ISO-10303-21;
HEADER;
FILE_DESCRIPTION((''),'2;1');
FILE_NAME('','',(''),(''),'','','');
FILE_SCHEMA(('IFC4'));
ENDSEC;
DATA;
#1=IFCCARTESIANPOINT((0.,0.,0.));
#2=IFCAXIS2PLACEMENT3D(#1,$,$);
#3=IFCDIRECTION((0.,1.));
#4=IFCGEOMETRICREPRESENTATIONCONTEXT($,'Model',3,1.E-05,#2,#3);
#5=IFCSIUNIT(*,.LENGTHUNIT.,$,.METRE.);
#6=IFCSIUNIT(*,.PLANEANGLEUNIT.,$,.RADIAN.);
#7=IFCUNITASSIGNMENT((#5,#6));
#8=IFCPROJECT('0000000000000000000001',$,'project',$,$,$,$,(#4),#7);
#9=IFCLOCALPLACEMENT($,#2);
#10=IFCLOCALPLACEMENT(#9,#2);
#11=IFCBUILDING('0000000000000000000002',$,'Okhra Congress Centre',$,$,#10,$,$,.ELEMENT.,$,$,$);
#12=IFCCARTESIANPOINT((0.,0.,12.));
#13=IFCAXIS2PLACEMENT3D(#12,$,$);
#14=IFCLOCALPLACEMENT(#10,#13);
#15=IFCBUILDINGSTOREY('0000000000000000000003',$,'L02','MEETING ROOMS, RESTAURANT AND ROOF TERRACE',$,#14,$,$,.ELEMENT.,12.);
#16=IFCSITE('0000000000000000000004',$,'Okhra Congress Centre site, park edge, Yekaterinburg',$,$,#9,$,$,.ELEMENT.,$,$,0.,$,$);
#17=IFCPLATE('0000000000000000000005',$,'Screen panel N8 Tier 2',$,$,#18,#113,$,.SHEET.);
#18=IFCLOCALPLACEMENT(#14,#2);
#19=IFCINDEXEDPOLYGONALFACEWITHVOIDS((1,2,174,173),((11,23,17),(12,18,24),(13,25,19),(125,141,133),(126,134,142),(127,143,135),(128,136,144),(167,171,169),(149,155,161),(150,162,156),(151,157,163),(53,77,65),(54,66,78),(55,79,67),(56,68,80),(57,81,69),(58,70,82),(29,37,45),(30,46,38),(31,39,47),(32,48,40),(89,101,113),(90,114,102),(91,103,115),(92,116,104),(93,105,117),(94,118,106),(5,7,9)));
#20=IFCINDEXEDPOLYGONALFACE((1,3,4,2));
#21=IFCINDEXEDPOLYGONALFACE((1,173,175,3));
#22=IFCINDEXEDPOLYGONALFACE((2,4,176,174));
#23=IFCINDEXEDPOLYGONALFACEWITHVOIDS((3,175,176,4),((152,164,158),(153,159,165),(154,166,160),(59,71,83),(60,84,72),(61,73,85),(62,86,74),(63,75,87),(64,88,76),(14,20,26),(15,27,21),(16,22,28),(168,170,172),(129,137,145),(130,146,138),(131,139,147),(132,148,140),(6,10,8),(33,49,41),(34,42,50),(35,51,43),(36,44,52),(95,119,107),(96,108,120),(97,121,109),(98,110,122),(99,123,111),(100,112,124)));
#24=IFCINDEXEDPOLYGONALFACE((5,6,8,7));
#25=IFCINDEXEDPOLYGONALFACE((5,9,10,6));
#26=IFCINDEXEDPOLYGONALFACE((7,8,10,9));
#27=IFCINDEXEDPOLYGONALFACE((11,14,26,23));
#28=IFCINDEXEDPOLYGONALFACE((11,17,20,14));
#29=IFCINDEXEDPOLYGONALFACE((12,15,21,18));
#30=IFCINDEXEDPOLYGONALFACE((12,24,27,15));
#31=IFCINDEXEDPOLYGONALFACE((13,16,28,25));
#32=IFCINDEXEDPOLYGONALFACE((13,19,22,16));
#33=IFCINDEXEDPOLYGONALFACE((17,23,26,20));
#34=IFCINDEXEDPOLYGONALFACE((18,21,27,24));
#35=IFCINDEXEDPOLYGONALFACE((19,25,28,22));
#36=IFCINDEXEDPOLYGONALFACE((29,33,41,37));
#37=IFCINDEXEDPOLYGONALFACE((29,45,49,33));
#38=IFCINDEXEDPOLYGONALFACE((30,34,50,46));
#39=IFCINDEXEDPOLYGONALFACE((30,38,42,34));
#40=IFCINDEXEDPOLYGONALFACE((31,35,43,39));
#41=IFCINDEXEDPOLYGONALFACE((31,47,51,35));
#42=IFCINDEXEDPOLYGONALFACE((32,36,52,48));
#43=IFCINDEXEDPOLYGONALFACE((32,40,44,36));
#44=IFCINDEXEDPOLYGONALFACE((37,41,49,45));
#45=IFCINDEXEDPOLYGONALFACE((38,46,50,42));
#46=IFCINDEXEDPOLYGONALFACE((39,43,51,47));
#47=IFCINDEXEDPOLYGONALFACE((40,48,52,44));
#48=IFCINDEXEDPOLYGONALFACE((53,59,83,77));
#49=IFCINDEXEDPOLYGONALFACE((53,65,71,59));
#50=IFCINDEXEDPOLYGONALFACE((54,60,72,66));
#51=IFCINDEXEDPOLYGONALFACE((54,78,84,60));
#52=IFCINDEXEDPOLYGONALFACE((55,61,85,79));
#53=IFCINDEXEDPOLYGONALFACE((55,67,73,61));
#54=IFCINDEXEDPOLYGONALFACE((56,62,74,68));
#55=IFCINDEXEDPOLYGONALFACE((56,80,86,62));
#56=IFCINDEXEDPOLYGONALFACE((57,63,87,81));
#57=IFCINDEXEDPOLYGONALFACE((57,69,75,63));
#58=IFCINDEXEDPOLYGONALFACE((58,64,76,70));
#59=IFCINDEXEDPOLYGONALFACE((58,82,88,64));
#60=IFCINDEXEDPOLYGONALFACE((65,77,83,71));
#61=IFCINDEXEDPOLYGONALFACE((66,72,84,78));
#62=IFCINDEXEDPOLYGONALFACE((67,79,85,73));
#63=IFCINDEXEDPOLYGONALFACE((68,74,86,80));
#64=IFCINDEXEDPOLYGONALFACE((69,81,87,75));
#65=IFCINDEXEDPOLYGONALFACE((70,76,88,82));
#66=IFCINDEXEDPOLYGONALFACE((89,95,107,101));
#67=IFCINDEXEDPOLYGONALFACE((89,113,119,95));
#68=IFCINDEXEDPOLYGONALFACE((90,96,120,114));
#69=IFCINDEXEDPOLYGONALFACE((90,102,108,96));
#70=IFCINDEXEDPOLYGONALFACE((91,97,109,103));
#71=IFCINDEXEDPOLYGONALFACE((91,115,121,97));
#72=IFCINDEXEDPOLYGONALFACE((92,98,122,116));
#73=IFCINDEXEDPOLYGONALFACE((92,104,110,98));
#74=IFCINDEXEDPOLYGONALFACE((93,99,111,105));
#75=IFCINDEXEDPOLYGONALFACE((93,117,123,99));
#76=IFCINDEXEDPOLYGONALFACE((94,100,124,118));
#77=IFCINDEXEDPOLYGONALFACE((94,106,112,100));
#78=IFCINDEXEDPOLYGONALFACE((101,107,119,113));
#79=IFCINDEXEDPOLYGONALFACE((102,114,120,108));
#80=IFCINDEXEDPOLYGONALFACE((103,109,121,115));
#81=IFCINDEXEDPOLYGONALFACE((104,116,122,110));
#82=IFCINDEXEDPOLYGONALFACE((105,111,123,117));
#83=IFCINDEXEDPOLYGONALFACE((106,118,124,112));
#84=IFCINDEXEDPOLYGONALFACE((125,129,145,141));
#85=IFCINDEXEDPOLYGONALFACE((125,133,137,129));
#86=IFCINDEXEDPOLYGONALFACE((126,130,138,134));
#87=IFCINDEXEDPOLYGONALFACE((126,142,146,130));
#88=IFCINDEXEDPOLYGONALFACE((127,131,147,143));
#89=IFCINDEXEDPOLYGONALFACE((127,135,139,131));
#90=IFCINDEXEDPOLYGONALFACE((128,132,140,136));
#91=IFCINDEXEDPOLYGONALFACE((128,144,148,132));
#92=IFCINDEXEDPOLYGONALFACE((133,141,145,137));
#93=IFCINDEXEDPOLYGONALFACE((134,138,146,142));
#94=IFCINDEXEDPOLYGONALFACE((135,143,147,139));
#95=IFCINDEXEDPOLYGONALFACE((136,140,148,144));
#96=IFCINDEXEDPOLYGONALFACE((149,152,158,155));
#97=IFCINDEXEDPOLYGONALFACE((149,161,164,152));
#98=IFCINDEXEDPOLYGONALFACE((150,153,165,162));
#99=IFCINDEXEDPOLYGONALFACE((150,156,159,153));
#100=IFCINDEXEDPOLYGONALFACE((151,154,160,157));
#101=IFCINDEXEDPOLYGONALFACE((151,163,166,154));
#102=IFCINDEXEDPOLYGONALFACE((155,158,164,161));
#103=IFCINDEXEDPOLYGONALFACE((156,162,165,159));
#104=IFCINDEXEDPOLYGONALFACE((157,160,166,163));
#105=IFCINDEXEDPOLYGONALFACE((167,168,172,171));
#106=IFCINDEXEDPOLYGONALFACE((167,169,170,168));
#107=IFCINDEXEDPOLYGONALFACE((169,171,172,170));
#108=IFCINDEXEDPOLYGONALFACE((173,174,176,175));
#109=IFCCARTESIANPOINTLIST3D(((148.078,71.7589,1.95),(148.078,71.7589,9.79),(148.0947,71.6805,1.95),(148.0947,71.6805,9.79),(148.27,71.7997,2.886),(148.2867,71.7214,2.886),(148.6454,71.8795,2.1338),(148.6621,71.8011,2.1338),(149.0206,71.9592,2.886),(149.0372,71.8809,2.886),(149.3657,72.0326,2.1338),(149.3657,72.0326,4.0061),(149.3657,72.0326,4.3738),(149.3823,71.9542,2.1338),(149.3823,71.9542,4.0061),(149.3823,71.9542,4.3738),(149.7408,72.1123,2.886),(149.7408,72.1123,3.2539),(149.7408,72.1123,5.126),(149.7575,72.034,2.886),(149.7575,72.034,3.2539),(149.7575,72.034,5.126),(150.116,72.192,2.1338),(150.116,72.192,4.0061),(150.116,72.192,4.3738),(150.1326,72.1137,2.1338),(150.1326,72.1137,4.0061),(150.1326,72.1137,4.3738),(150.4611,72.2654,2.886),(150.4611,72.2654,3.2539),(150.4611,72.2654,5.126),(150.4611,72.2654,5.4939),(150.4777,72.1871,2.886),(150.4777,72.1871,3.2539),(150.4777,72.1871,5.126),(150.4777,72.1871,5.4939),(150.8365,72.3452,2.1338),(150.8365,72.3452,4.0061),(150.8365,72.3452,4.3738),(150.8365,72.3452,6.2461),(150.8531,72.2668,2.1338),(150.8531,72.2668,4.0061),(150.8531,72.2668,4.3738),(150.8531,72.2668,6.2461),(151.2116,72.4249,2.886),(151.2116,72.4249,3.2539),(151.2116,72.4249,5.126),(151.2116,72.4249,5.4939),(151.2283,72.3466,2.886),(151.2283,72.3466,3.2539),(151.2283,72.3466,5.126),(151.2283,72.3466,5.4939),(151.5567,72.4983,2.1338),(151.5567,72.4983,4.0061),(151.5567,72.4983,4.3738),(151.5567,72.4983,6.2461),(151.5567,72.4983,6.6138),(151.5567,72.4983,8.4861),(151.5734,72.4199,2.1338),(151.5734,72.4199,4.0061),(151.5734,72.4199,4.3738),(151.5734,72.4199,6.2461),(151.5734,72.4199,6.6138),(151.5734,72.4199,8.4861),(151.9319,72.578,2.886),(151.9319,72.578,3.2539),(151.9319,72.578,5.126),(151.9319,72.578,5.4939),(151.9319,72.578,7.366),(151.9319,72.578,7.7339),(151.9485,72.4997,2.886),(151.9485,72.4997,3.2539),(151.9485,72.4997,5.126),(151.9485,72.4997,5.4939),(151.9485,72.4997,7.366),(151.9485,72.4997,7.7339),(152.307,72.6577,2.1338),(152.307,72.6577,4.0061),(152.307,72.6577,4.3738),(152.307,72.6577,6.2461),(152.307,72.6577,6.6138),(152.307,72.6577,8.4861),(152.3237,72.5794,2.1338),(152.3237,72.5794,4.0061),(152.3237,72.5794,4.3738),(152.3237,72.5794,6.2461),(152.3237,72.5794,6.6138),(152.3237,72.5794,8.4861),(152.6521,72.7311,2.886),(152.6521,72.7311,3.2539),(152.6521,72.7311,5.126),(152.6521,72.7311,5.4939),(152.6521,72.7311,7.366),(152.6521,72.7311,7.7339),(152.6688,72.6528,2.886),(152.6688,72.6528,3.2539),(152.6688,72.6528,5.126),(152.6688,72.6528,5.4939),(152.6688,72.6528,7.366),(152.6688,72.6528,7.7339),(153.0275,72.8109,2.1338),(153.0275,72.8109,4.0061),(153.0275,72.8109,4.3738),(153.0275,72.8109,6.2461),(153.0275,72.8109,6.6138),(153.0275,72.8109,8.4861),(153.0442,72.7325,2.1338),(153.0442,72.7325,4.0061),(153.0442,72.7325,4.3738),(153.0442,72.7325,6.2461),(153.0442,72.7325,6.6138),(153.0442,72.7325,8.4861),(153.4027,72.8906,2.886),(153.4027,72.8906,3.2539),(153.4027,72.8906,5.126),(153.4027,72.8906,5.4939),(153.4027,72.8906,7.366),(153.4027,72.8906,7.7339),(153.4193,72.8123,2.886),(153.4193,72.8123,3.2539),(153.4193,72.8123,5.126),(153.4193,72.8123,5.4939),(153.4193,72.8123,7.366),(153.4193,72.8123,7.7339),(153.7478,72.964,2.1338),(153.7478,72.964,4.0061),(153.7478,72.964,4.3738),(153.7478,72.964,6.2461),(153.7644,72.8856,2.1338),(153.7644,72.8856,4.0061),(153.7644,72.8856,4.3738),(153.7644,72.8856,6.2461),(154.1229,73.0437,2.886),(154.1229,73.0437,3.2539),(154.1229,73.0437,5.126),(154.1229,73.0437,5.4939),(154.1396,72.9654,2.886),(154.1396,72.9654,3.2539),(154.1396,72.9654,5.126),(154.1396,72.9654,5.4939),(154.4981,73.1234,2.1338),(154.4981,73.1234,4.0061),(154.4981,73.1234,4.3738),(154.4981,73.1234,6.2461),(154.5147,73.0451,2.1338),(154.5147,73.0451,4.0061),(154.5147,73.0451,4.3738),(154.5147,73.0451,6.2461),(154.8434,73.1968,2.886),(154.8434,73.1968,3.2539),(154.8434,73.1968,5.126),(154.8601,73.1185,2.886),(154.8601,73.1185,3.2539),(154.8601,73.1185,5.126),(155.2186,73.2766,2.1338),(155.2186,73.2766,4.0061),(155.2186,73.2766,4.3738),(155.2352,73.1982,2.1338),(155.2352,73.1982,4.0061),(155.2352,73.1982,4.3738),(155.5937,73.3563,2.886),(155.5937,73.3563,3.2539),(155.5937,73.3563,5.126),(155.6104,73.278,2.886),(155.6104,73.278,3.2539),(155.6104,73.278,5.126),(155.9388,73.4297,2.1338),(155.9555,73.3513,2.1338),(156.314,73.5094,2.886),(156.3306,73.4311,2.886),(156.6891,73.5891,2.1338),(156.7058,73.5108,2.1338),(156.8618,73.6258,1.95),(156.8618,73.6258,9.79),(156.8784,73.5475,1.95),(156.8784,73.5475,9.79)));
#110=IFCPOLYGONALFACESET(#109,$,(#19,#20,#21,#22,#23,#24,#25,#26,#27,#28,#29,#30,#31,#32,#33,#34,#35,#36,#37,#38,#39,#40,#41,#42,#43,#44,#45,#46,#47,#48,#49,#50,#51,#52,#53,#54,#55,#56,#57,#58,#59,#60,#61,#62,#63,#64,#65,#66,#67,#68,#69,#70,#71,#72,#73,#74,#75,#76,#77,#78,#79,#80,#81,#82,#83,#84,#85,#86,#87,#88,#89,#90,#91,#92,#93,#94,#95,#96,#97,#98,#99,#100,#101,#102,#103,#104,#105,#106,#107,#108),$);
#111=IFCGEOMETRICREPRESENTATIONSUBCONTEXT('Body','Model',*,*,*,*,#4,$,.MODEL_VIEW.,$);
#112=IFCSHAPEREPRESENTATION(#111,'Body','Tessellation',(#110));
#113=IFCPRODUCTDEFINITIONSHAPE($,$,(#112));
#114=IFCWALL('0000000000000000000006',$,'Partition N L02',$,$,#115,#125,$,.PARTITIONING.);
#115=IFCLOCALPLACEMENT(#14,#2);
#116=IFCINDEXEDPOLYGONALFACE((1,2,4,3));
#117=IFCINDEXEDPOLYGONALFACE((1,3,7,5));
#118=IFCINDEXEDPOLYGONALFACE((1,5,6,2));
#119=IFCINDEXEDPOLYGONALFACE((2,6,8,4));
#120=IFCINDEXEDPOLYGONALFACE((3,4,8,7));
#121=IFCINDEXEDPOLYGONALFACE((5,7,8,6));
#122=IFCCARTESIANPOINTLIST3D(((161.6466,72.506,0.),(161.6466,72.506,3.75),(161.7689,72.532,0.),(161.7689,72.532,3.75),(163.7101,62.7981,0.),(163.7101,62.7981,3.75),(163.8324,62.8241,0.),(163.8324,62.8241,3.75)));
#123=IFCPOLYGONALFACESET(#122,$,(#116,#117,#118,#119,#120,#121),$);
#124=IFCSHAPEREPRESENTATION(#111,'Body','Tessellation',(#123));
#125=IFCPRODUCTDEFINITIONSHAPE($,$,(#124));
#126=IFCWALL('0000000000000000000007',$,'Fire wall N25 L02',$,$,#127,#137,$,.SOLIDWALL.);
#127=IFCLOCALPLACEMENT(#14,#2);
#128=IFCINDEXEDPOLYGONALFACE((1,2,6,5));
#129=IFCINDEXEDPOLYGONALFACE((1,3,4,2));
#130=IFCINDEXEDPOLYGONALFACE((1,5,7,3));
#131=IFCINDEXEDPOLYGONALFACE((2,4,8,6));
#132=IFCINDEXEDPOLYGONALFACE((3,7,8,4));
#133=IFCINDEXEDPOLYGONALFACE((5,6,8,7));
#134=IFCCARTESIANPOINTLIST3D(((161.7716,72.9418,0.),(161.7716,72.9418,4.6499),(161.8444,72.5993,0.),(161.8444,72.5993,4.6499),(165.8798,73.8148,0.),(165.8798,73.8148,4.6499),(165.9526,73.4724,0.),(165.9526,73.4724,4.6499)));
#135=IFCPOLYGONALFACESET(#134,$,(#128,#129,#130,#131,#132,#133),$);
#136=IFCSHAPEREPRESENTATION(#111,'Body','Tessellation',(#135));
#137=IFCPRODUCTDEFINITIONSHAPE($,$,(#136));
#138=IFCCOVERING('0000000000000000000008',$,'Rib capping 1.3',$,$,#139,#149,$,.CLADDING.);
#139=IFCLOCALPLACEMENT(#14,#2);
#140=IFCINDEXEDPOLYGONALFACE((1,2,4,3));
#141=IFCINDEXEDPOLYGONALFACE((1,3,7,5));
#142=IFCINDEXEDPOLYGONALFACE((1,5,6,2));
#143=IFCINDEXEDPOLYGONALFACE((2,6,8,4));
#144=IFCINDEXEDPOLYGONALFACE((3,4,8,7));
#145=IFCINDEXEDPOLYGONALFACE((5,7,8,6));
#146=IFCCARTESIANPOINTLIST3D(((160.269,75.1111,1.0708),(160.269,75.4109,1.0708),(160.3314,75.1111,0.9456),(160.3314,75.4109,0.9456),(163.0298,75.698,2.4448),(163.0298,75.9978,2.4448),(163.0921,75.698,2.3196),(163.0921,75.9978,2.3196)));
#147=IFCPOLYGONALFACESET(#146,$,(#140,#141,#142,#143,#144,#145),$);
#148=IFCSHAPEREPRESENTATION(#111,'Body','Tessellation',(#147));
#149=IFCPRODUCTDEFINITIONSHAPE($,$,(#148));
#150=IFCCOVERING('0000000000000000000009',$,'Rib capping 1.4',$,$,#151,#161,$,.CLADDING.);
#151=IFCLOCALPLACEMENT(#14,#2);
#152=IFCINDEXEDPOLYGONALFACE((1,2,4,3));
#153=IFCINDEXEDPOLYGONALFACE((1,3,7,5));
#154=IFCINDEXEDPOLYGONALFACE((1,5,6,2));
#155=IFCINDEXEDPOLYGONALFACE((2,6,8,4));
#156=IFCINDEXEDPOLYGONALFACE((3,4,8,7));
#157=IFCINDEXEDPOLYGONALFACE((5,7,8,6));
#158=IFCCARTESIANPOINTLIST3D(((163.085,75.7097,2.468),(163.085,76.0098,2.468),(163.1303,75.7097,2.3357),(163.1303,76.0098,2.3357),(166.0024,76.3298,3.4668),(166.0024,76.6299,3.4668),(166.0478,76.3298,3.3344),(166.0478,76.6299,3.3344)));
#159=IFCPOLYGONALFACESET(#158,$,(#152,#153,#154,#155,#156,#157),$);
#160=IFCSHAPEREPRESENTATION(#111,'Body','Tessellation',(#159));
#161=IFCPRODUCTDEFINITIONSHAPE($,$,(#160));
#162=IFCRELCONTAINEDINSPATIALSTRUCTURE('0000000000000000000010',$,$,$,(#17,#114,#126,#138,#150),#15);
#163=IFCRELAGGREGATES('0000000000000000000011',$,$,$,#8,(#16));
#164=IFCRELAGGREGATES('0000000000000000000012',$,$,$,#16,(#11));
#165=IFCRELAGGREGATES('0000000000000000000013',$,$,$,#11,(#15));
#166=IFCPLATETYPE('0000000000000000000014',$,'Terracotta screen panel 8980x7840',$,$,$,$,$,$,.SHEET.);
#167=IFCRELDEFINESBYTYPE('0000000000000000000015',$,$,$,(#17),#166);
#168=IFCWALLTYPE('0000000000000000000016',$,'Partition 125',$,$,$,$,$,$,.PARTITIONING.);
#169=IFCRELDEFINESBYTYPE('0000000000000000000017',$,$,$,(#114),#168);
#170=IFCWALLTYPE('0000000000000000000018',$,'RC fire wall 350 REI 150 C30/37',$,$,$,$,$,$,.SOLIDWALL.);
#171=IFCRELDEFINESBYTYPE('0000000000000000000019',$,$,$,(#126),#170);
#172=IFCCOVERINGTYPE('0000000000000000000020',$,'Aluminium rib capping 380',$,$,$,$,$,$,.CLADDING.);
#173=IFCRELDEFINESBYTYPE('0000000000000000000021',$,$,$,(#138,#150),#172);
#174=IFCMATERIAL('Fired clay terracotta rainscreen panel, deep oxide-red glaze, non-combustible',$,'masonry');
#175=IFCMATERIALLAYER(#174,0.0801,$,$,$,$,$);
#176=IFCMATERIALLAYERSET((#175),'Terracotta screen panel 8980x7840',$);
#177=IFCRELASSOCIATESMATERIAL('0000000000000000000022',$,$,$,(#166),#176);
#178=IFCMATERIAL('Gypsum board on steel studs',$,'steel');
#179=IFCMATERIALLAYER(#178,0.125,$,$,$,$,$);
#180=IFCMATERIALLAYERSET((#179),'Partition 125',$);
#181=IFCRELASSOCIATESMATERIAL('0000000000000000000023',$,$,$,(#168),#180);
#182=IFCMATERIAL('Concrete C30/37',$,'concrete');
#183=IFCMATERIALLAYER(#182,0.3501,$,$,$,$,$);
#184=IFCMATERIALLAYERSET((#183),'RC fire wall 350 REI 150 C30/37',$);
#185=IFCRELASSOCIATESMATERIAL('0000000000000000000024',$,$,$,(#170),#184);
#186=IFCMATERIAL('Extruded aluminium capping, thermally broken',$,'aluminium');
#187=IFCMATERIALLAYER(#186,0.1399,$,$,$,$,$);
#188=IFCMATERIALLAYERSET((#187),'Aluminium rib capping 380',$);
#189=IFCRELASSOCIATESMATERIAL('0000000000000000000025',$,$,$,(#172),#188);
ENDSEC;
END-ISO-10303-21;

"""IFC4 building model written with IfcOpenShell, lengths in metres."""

from ifc_helpers import new_model, si_unit, direction, frame, frame_2d, origin, place, context, subcontext, project, spatial, polyline, rectangle, outline, extrude, material, layer, layer_set, type_object, element, save


model = new_model("IFC4")

# Units and contexts
model_context = context("Model", 3, precision=1e-05, world=origin(), true_north=direction((0.0, 1.0)))
body_context = subcontext(model_context, "Body", "Model", "MODEL_VIEW")
ifc_project = project(units=[si_unit("LENGTHUNIT", "METRE"), si_unit("PLANEANGLEUNIT", "RADIAN")], contexts=[model_context])

# Site, building, storey
site_placement = place(None, origin())
site = spatial("IfcSite", under=ifc_project, at=site_placement, Name="Okhra Congress Centre site, park edge, Yekaterinburg", CompositionType="ELEMENT", RefElevation=0.0)
building_placement = place(site_placement, origin())
building = spatial("IfcBuilding", under=site, at=building_placement, Name="Okhra Congress Centre", CompositionType="ELEMENT")
storey_placement = place(building_placement, frame((0.0, 0.0, 12.0)))
storey = spatial("IfcBuildingStorey", under=building, at=storey_placement, Name="L02", Description="MEETING ROOMS, RESTAURANT AND ROOF TERRACE", CompositionType="ELEMENT", Elevation=12.0)

# Plate
ifc_material_1 = material(Name="Fired clay terracotta rainscreen panel, deep oxide-red glaze, non-combustible", Category="masonry")
ifc_layer_1 = layer(ifc_material_1, 0.0801)
ifc_layer_set_1 = layer_set([ifc_layer_1], Name="Terracotta screen panel 8980x7840")
plate_type = type_object("IfcPlateType", Name="Terracotta screen panel 8980x7840", PredefinedType="SHEET", material=ifc_layer_set_1)
plate_1_placement = place(storey_placement, frame((156.8701, 73.5867, 1.95), z_axis=(0.0, 0.0, 1.0), x_axis=(-0.97815, -0.207902, 0.0)))
element("IfcPlate", 1, at=plate_1_placement, inside=storey, type_object=plate_type, Name="Screen panel N8 Tier 2", PredefinedType="SHEET", context=body_context, shape_type="SweptSolid", body=[
    extrude(outline(polyline([(0.0, 0.0), (8.98, 0.0), (8.98, 7.8401), (0.0, 7.8401), (0.0, 0.0)]), holes=[polyline([(0.1765, 0.1838), (0.9436, 0.1838), (0.5601, 0.936), (0.1765, 0.1838)]), polyline([(1.2964, 0.936), (1.6799, 0.1838), (2.0635, 0.936), (1.2964, 0.936)]), polyline([(2.4165, 0.1838), (3.1836, 0.1838), (2.8, 0.936), (2.4165, 0.1838)]), polyline([(3.5364, 0.936), (3.9199, 0.1838), (4.3037, 0.936), (3.5364, 0.936)]), polyline([(4.6565, 0.1838), (5.4236, 0.1838), (5.04, 0.936), (4.6565, 0.1838)]), polyline([(5.7764, 0.936), (6.1599, 0.1838), (6.5437, 0.936), (5.7764, 0.936)]), polyline([(6.8965, 0.1838), (7.6636, 0.1838), (7.28, 0.936), (6.8965, 0.1838)]), polyline([(8.0164, 0.936), (8.3999, 0.1838), (8.7837, 0.936), (8.0164, 0.936)]), polyline([(1.2964, 1.304), (2.0635, 1.304), (1.6799, 2.0562), (1.2964, 1.304)]), polyline([(2.4165, 2.0562), (2.8, 1.304), (3.1836, 2.0562), (2.4165, 2.0562)]), polyline([(3.5364, 1.304), (4.3037, 1.304), (3.9199, 2.0562), (3.5364, 1.304)]), polyline([(4.6565, 2.0562), (5.04, 1.304), (5.4236, 2.0562), (4.6565, 2.0562)]), polyline([(5.7764, 1.304), (6.5437, 1.304), (6.1599, 2.0562), (5.7764, 1.304)]), polyline([(6.8965, 2.0562), (7.28, 1.304), (7.6636, 2.0562), (6.8965, 2.0562)]), polyline([(1.2964, 3.176), (1.6799, 2.4238), (2.0635, 3.176), (1.2964, 3.176)]), polyline([(2.4165, 2.4238), (3.1836, 2.4238), (2.8, 3.176), (2.4165, 2.4238)]), polyline([(3.5364, 3.176), (3.9199, 2.4238), (4.3037, 3.176), (3.5364, 3.176)]), polyline([(4.6565, 2.4238), (5.4236, 2.4238), (5.04, 3.176), (4.6565, 2.4238)]), polyline([(5.7764, 3.176), (6.1599, 2.4238), (6.5437, 3.176), (5.7764, 3.176)]), polyline([(6.8965, 2.4238), (7.6636, 2.4238), (7.28, 3.176), (6.8965, 2.4238)]), polyline([(2.4165, 4.2961), (2.8, 3.5439), (3.1836, 4.2961), (2.4165, 4.2961)]), polyline([(3.5364, 3.5439), (4.3037, 3.5439), (3.9199, 4.2961), (3.5364, 3.5439)]), polyline([(4.6565, 4.2961), (5.04, 3.5439), (5.4236, 4.2961), (4.6565, 4.2961)]), polyline([(5.7764, 3.5439), (6.5437, 3.5439), (6.1599, 4.2961), (5.7764, 3.5439)]), polyline([(3.5364, 5.416), (3.9199, 4.6638), (4.3037, 5.416), (3.5364, 5.416)]), polyline([(4.6565, 4.6638), (5.4236, 4.6638), (5.04, 5.416), (4.6565, 4.6638)]), polyline([(3.5364, 5.7839), (4.3037, 5.7839), (3.9199, 6.5361), (3.5364, 5.7839)]), polyline([(4.6565, 6.5361), (5.04, 5.7839), (5.4236, 6.5361), (4.6565, 6.5361)])]), frame((0.0, 0.04, 0.0), z_axis=(0.0, -1.0, 0.0), x_axis=(1.0, 0.0, 0.0)), (0.0, 0.0, 1.0), 0.0801),
])

# Walls
ifc_material_2 = material(Name="Gypsum board on steel studs", Category="steel")
ifc_layer_2 = layer(ifc_material_2, 0.125)
ifc_layer_set_2 = layer_set([ifc_layer_2], Name="Partition 125")
wall_type_1 = type_object("IfcWallType", Name="Partition 125", PredefinedType="PARTITIONING", material=ifc_layer_set_2)
wall_1_placement = place(storey_placement, frame((161.7078, 72.519, 0.0), z_axis=(0.0, 0.0, 1.0), x_axis=(0.207909, -0.978148, 0.0)))
element("IfcWall", 2, at=wall_1_placement, inside=storey, type_object=wall_type_1, Name="Partition N L02", PredefinedType="PARTITIONING", context=body_context, shape_type="SweptSolid", body=[
    extrude(rectangle(XDim=9.9248, YDim=0.125, at=frame_2d((4.9624, 0.0))), origin(), (0.0, 0.0, 1.0), 3.75),
])
ifc_material_3 = material(Name="Concrete C30/37", Category="concrete")
ifc_layer_3 = layer(ifc_material_3, 0.3501)
ifc_layer_set_3 = layer_set([ifc_layer_3], Name="RC fire wall 350 REI 150 C30/37")
wall_type_2 = type_object("IfcWallType", Name="RC fire wall 350 REI 150 C30/37", PredefinedType="SOLIDWALL", material=ifc_layer_set_3)
wall_2_placement = place(storey_placement, frame((161.8079, 72.7705, 0.0), z_axis=(0.0, 0.0, 1.0), x_axis=(0.978156, 0.207873, 0.0)))
element("IfcWall", 3, at=wall_2_placement, inside=storey, type_object=wall_type_2, Name="Fire wall N25 L02", PredefinedType="SOLIDWALL", context=body_context, shape_type="SweptSolid", body=[
    extrude(rectangle(XDim=4.2, YDim=0.3501, at=frame_2d((2.1001, 0.0))), origin(), (0.0, 0.0, 1.0), 4.6499),
])

# Coverings
ifc_material_4 = material(Name="Extruded aluminium capping, thermally broken", Category="aluminium")
ifc_layer_4 = layer(ifc_material_4, 0.1399)
ifc_layer_set_4 = layer_set([ifc_layer_4], Name="Aluminium rib capping 380")
covering_type = type_object("IfcCoveringType", Name="Aluminium rib capping 380", PredefinedType="CLADDING", material=ifc_layer_set_4)
covering_1_placement = place(storey_placement, frame((160.269, 75.1111, 1.0708), z_axis=(-0.445566, 0.0, 0.895249), x_axis=(0.879462, 0.186967, 0.437709)))
element("IfcCovering", 4, at=covering_1_placement, inside=storey, type_object=covering_type, Name="Rib capping 1.3", PredefinedType="CLADDING", context=body_context, shape_type="SweptSolid", body=[
    extrude(outline(polyline([(0.0, 0.0), (3.1391, 0.0), (3.1952, 0.2945), (0.0561, 0.2945), (0.0, 0.0)])), origin(), (0.0, 0.0, -1.0), 0.1399),
])
covering_2_placement = place(storey_placement, frame((163.085, 75.7097, 2.468), z_axis=(-0.323889, 0.0, 0.946095), x_axis=(0.927527, 0.197148, 0.317532)))
element("IfcCovering", 5, at=covering_2_placement, inside=storey, type_object=covering_type, Name="Rib capping 1.4", PredefinedType="CLADDING", context=body_context, shape_type="SweptSolid", body=[
    extrude(outline(polyline([(0.0, 0.0), (3.1454, 0.0), (3.2046, 0.2942), (0.0592, 0.2942), (0.0, 0.0)])), origin(), (0.0, 0.0, -1.0), 0.1399),
])

save(model, "model.ifc")
